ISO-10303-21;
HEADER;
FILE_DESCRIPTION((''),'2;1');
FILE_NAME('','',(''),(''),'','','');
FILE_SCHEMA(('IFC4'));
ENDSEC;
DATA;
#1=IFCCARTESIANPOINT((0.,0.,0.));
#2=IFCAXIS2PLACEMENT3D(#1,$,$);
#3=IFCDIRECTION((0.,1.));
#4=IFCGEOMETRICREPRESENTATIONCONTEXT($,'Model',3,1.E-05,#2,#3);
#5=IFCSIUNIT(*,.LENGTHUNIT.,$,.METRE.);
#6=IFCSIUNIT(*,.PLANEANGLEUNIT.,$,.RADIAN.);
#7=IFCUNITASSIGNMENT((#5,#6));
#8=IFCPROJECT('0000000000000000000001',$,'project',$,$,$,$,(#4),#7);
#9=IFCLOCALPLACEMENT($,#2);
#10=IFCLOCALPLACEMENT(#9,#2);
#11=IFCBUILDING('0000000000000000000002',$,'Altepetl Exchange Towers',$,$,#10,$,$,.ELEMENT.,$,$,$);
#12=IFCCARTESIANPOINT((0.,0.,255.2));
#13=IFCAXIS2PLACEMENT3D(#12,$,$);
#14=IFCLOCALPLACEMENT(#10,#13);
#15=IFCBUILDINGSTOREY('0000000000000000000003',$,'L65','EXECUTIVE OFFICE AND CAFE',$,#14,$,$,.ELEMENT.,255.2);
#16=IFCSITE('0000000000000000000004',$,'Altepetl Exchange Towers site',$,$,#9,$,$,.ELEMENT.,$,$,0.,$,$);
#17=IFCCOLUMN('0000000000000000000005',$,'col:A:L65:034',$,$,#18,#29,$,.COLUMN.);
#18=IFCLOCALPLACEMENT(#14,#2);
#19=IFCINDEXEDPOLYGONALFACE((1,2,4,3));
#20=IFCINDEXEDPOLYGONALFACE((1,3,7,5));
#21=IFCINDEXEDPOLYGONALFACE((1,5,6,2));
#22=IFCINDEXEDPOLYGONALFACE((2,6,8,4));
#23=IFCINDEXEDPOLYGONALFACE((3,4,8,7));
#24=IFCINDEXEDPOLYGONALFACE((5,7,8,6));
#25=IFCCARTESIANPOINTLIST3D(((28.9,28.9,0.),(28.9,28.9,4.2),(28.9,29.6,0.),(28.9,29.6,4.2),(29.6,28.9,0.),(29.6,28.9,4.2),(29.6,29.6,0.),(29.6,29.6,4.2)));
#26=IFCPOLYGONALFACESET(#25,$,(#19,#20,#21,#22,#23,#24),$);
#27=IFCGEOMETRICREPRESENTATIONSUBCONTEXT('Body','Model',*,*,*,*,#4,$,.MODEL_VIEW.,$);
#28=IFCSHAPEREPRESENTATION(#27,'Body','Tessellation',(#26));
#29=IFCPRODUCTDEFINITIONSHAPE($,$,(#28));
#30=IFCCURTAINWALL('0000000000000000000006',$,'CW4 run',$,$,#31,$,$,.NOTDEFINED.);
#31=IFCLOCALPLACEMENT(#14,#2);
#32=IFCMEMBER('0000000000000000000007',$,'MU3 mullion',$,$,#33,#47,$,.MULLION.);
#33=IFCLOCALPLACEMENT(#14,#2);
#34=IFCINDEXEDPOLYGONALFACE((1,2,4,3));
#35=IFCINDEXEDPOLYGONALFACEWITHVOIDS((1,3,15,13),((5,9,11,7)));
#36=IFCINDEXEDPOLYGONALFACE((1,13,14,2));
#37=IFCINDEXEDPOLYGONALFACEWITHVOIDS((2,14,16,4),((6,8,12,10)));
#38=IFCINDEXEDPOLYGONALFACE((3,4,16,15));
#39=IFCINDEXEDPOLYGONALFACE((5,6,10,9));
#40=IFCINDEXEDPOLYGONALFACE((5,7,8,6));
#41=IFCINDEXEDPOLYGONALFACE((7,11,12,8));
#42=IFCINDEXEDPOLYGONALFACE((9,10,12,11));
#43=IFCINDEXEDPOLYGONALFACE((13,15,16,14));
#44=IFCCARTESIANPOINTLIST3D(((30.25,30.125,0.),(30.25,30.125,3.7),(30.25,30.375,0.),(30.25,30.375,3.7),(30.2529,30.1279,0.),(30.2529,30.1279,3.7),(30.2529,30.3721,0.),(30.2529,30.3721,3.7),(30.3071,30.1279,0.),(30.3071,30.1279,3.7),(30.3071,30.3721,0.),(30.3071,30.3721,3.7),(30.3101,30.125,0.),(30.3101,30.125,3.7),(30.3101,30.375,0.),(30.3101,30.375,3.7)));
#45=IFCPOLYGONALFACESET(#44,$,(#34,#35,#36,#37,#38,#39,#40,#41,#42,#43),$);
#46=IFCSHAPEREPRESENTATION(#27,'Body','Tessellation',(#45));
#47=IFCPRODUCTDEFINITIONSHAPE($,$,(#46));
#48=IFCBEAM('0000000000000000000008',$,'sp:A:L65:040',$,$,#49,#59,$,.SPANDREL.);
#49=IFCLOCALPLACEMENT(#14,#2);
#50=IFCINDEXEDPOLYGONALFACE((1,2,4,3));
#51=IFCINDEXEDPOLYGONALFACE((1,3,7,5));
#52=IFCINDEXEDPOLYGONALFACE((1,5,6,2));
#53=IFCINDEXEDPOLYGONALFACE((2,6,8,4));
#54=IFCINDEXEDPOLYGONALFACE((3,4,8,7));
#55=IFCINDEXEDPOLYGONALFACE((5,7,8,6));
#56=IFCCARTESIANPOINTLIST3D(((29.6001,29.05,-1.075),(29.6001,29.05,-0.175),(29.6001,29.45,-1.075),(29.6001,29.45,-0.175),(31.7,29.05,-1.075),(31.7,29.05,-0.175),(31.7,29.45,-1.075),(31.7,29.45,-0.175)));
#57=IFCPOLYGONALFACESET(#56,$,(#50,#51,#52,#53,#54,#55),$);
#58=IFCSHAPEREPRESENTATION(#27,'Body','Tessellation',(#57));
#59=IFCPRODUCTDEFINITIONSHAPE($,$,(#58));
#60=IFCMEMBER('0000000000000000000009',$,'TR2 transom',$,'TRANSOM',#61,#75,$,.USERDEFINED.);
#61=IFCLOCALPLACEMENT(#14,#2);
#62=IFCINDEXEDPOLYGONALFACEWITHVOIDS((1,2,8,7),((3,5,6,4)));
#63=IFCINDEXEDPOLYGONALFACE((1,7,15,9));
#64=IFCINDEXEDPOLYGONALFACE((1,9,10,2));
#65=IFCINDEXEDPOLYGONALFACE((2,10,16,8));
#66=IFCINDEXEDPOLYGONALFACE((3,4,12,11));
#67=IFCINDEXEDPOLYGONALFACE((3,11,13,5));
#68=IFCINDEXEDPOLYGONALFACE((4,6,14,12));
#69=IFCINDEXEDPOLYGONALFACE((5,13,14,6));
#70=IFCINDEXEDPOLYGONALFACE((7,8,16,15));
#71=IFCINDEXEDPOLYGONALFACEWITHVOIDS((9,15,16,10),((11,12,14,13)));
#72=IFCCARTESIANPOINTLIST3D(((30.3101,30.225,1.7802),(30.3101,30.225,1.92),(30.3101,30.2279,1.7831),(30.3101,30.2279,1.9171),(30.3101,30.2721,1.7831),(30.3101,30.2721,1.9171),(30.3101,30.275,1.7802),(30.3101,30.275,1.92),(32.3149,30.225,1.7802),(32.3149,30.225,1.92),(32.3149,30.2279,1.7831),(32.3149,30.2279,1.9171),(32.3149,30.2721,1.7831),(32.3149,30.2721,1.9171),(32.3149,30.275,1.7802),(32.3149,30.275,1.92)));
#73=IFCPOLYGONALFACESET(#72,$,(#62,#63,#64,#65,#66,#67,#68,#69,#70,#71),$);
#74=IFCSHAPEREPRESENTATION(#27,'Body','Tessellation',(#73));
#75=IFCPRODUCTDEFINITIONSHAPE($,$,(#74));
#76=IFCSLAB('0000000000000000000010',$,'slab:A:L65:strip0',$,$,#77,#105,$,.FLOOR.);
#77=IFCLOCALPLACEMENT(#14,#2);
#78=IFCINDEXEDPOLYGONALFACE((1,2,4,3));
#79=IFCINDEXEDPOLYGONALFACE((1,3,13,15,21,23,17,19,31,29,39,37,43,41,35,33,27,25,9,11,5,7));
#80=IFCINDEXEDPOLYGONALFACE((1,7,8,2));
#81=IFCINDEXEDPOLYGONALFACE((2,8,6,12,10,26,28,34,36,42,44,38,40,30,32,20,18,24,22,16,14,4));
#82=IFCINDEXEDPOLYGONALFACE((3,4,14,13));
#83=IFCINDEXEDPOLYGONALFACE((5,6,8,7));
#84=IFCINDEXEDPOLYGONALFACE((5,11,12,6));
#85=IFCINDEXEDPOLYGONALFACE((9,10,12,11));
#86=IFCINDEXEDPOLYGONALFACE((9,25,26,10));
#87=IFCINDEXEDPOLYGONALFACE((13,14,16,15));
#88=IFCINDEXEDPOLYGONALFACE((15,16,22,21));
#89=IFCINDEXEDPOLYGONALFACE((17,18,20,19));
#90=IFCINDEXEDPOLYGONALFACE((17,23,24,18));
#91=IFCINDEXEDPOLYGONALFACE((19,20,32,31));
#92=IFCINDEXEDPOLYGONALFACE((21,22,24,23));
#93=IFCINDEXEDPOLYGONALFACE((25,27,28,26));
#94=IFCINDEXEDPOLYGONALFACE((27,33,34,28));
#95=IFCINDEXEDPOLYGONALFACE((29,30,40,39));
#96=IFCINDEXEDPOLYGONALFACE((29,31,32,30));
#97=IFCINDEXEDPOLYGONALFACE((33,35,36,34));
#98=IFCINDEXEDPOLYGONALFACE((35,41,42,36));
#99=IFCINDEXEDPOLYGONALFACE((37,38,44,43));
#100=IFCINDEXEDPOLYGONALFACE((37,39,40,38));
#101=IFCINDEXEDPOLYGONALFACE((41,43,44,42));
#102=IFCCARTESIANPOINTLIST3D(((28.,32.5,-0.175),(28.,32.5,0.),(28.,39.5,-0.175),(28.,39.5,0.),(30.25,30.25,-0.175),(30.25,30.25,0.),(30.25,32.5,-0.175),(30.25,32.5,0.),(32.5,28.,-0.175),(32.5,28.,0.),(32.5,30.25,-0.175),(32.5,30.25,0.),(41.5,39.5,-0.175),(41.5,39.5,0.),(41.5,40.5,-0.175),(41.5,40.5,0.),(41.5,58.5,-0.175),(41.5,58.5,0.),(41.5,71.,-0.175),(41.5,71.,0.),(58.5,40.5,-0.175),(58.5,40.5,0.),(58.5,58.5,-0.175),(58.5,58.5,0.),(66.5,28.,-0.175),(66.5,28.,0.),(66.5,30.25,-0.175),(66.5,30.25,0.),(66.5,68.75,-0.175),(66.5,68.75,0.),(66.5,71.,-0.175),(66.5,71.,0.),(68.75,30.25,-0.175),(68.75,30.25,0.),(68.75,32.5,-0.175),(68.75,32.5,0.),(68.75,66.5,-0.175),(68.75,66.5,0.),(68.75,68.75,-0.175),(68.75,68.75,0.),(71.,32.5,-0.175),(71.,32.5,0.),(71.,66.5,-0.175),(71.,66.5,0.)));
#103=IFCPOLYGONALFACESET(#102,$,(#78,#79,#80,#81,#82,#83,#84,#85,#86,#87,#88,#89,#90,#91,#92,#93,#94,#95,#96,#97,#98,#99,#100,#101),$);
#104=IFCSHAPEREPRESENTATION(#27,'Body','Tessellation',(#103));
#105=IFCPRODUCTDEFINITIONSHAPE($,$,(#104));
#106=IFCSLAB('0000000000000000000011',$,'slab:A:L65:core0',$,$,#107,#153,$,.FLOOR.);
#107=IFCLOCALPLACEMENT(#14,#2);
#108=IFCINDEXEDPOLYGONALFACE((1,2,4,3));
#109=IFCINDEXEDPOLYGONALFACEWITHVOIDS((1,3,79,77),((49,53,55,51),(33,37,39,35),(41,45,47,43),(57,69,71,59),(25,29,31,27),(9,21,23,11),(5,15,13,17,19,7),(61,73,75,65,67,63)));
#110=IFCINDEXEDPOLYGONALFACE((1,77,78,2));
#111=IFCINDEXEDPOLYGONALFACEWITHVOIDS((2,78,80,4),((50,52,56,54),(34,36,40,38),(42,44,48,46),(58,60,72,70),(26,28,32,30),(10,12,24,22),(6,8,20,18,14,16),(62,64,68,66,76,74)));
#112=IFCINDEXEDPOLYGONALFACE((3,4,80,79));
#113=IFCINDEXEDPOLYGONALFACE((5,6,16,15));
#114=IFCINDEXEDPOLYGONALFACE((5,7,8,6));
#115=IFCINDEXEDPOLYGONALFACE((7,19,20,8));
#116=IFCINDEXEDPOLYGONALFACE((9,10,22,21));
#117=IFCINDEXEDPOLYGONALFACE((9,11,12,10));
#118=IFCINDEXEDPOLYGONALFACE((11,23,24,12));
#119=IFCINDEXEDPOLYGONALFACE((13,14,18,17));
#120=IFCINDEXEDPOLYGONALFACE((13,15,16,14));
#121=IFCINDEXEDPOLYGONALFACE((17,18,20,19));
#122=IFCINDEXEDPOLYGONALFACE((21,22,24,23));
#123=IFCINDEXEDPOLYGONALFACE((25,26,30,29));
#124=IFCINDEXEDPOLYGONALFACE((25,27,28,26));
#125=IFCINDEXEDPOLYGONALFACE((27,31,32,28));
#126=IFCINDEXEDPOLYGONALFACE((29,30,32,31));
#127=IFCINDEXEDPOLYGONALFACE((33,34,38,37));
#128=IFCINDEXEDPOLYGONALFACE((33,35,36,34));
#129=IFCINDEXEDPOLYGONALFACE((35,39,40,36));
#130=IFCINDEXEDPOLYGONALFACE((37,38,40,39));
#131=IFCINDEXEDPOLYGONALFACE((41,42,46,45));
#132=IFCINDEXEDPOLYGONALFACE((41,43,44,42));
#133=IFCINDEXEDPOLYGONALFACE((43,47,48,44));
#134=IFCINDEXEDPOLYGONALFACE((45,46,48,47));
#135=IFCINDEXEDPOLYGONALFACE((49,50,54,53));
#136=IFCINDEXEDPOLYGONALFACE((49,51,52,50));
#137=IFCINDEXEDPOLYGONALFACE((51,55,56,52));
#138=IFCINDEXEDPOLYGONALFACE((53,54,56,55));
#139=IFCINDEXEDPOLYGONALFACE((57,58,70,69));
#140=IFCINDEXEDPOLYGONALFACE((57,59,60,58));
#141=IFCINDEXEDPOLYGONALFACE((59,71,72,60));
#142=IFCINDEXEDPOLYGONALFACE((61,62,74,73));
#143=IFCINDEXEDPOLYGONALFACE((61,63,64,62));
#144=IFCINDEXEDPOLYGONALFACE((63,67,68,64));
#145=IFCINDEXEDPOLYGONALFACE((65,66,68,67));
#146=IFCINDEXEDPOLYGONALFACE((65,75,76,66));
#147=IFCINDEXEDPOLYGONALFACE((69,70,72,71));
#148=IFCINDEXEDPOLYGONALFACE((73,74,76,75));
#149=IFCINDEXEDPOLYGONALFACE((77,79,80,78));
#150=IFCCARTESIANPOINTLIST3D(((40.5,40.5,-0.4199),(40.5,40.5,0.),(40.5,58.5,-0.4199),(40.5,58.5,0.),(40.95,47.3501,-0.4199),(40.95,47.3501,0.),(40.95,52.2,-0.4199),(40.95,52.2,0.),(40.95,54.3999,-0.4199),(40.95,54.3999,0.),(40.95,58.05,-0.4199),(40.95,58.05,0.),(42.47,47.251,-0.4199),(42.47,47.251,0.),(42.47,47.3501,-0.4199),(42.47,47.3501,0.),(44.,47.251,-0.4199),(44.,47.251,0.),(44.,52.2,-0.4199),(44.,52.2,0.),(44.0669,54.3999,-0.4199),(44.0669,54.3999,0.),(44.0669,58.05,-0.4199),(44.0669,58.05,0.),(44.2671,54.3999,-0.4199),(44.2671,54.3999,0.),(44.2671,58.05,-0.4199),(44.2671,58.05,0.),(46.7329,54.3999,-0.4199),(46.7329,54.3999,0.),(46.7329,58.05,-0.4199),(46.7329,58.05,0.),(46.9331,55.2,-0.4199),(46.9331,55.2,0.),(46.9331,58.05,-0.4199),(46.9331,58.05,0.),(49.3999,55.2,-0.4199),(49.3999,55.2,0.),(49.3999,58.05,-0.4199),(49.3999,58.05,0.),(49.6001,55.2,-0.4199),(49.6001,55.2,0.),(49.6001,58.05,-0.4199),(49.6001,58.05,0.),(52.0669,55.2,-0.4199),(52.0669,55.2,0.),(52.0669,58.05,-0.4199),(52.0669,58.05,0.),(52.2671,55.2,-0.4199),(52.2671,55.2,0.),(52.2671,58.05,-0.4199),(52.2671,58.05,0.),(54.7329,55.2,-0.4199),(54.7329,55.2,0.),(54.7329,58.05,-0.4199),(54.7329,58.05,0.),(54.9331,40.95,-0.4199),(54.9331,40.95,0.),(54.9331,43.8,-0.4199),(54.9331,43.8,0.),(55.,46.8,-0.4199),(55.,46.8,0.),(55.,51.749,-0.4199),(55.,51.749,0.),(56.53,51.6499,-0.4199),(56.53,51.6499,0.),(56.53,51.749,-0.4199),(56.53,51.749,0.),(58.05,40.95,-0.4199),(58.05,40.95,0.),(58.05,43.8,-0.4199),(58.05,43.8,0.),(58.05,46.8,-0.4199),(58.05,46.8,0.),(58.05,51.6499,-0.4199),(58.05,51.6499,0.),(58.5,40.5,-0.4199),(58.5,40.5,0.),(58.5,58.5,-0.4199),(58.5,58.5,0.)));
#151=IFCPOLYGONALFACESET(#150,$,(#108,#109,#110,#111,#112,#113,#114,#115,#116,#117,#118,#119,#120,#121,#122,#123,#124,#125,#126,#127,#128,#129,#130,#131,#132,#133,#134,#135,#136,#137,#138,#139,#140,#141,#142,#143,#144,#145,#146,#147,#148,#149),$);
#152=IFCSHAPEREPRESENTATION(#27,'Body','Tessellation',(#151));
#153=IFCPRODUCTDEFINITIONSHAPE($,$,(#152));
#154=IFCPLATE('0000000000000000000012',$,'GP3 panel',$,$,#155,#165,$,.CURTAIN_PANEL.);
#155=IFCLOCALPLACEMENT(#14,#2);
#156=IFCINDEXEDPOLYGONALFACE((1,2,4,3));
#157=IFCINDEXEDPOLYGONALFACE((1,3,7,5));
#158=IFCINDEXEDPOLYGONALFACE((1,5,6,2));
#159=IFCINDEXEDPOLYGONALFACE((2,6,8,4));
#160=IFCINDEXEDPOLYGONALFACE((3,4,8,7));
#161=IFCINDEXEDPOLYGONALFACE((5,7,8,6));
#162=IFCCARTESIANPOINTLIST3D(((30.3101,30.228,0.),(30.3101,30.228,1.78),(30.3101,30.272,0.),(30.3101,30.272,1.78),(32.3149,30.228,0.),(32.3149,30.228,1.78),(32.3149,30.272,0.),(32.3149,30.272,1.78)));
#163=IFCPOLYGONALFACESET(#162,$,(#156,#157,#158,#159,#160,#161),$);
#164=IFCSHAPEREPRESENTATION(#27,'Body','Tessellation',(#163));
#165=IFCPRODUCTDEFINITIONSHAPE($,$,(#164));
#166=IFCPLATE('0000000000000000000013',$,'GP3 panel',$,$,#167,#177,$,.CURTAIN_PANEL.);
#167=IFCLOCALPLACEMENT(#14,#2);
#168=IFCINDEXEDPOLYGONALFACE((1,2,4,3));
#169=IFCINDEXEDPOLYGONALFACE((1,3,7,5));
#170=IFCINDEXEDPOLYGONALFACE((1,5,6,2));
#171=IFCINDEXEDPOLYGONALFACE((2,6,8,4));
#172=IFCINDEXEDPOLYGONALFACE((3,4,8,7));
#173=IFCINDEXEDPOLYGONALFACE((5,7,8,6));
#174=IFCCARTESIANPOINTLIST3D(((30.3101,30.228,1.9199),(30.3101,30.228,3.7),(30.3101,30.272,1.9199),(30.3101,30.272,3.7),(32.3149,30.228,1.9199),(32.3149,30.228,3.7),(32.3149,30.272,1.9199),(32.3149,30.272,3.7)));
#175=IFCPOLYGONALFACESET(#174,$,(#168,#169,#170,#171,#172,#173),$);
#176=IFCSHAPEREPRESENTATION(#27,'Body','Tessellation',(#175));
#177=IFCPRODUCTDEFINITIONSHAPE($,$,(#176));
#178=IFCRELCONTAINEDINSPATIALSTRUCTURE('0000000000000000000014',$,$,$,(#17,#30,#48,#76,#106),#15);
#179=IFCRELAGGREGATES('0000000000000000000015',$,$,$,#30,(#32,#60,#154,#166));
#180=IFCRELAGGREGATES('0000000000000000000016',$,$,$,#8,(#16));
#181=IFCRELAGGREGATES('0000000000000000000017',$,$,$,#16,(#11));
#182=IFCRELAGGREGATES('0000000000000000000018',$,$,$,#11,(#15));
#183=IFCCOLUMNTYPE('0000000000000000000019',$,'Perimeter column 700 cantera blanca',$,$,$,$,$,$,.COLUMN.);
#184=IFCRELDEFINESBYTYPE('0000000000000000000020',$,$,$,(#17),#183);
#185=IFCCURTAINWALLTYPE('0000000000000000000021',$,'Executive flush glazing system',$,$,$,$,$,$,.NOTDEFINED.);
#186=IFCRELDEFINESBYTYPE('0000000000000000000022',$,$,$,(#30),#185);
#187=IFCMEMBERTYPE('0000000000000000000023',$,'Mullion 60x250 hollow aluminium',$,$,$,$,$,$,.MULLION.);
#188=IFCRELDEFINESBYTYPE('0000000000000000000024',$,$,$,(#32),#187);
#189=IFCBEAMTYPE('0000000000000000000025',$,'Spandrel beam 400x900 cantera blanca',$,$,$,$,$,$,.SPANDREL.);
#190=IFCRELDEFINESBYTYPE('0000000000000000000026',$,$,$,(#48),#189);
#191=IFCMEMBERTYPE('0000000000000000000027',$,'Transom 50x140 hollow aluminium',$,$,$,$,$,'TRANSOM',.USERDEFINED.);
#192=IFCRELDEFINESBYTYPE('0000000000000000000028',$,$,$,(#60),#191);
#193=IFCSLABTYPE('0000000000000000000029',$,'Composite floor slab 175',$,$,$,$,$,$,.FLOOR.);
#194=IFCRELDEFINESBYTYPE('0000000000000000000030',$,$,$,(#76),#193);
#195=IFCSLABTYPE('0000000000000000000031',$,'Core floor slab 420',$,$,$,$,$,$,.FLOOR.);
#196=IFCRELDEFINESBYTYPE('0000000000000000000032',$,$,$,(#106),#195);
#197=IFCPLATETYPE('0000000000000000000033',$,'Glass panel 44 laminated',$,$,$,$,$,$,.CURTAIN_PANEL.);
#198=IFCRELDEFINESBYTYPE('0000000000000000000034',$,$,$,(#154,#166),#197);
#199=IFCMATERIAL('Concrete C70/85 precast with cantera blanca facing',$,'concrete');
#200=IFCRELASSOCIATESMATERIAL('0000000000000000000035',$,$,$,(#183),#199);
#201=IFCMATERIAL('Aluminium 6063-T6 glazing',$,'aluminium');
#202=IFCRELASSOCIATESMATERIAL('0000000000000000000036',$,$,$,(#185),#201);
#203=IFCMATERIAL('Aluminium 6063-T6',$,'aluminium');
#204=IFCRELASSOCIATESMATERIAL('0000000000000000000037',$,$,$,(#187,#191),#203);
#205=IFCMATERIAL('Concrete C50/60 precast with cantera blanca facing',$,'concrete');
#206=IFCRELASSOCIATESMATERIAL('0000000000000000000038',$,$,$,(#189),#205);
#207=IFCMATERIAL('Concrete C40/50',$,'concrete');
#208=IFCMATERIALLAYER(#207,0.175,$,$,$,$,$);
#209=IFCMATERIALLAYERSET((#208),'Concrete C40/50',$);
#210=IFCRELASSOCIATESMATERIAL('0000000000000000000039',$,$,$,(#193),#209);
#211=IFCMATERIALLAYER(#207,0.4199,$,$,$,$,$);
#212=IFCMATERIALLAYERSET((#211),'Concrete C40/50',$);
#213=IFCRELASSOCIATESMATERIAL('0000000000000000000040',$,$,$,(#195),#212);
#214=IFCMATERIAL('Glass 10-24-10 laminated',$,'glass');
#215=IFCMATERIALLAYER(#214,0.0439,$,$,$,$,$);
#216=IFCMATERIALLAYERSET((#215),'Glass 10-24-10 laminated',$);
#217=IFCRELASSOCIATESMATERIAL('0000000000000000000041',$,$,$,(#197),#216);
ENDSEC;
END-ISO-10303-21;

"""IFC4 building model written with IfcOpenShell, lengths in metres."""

from ifc_helpers import new_model, si_unit, direction, frame, origin, origin_2d, place, context, subcontext, project, spatial, polyline, rectangle, hollow_rectangle, outline, extrude, material, layer, layer_set, material_profile, profile_set, type_object, element, aggregate, save


model = new_model("IFC4")

# Units and contexts
model_context = context("Model", 3, precision=1e-05, world=origin(), true_north=direction((0.0, 1.0)))
body_context = subcontext(model_context, "Body", "Model", "MODEL_VIEW")
ifc_project = project(units=[si_unit("LENGTHUNIT", "METRE"), si_unit("PLANEANGLEUNIT", "RADIAN")], contexts=[model_context])

# Site, building, storey
site_placement = place(None, origin())
site = spatial("IfcSite", under=ifc_project, at=site_placement, Name="Altepetl Exchange Towers site", CompositionType="ELEMENT", RefElevation=0.0)
building_placement = place(site_placement, origin())
building = spatial("IfcBuilding", under=site, at=building_placement, Name="Altepetl Exchange Towers", CompositionType="ELEMENT")
storey_placement = place(building_placement, frame((0.0, 0.0, 255.2)))
storey = spatial("IfcBuildingStorey", under=building, at=storey_placement, Name="L65", Description="EXECUTIVE OFFICE AND CAFE", CompositionType="ELEMENT", Elevation=255.2)

# Column
ifc_material_1 = material(Name="Concrete C70/85 precast with cantera blanca facing", Category="concrete")
ifc_material_profile_1 = material_profile(ifc_material_1, rectangle(XDim=0.7, YDim=0.7, at=origin_2d()), Name="700 x 700")
ifc_profile_set_1 = profile_set([ifc_material_profile_1], Name="Concrete C70/85 precast with cantera blanca facing")
column_type = type_object("IfcColumnType", Name="Perimeter column 700 cantera blanca", PredefinedType="COLUMN", material=ifc_profile_set_1)
column_placement = place(storey_placement, frame((29.25, 29.25, 0.0)))
element("IfcColumn", 1, at=column_placement, inside=storey, type_object=column_type, Name="col:A:L65:034", PredefinedType="COLUMN", context=body_context, shape_type="SweptSolid", body=[
    extrude(rectangle(XDim=0.7, YDim=0.7, at=origin_2d()), origin(), (0.0, 0.0, 1.0), 4.2),
])

# Curtain wall, member
ifc_material_2 = material(Name="Aluminium 6063-T6 glazing", Category="aluminium")
curtain_wall_type = type_object("IfcCurtainWallType", Name="Executive flush glazing system", PredefinedType="NOTDEFINED", material=ifc_material_2)
curtain_wall_placement = place(storey_placement, origin())
curtain_wall = element("IfcCurtainWall", 2, at=curtain_wall_placement, inside=storey, type_object=curtain_wall_type, Name="CW4 run", PredefinedType="NOTDEFINED")
ifc_material_3 = material(Name="Aluminium 6063-T6", Category="aluminium")
ifc_material_profile_2 = material_profile(ifc_material_3, hollow_rectangle(XDim=0.0601, YDim=0.25, WallThickness=0.0029, at=origin_2d()), Name="Mullion 60x250 hollow aluminium")
ifc_profile_set_2 = profile_set([ifc_material_profile_2], Name="Aluminium 6063-T6")
member_type_1 = type_object("IfcMemberType", Name="Mullion 60x250 hollow aluminium", PredefinedType="MULLION", material=ifc_profile_set_2)
member_1_placement = place(storey_placement, frame((30.28, 30.25, 0.0)))
member_1 = element("IfcMember", 3, at=member_1_placement, type_object=member_type_1, Name="MU3 mullion", PredefinedType="MULLION", context=body_context, shape_type="SweptSolid", body=[
    extrude(hollow_rectangle(XDim=0.0601, YDim=0.25, WallThickness=0.0029, at=origin_2d()), origin(), (0.0, 0.0, 1.0), 3.7),
])

# Beam
ifc_material_4 = material(Name="Concrete C50/60 precast with cantera blanca facing", Category="concrete")
ifc_material_profile_3 = material_profile(ifc_material_4, rectangle(XDim=0.3999, YDim=0.8999, at=origin_2d()), Name="400 x 900")
ifc_profile_set_3 = profile_set([ifc_material_profile_3], Name="Concrete C50/60 precast with cantera blanca facing")
beam_type = type_object("IfcBeamType", Name="Spandrel beam 400x900 cantera blanca", PredefinedType="SPANDREL", material=ifc_profile_set_3)
beam_placement = place(storey_placement, frame((29.6001, 29.25, -0.625), z_axis=(1.0, 0.0, 0.0), x_axis=(0.0, 1.0, 0.0)))
element("IfcBeam", 4, at=beam_placement, inside=storey, type_object=beam_type, Name="sp:A:L65:040", PredefinedType="SPANDREL", context=body_context, shape_type="SweptSolid", body=[
    extrude(rectangle(XDim=0.3999, YDim=0.8999, at=origin_2d()), origin(), (0.0, 0.0, 1.0), 2.0999),
])

# Member
ifc_material_profile_4 = material_profile(ifc_material_3, hollow_rectangle(XDim=0.05, YDim=0.1399, WallThickness=0.0029, at=origin_2d()), Name="Transom 50x140 hollow aluminium")
ifc_profile_set_4 = profile_set([ifc_material_profile_4], Name="Aluminium 6063-T6")
member_type_2 = type_object("IfcMemberType", Name="Transom 50x140 hollow aluminium", ElementType="TRANSOM", PredefinedType="USERDEFINED", material=ifc_profile_set_4)
member_2_placement = place(storey_placement, frame((30.3101, 30.25, 1.8501), z_axis=(1.0, 0.0, 0.0), x_axis=(0.0, 1.0, 0.0)))
member_2 = element("IfcMember", 5, at=member_2_placement, type_object=member_type_2, Name="TR2 transom", ObjectType="TRANSOM", PredefinedType="USERDEFINED", context=body_context, shape_type="SweptSolid", body=[
    extrude(hollow_rectangle(XDim=0.05, YDim=0.1399, WallThickness=0.0029, at=origin_2d()), origin(), (0.0, 0.0, 1.0), 2.0049),
])

# Slabs
ifc_material_5 = material(Name="Concrete C40/50", Category="concrete")
ifc_layer_1 = layer(ifc_material_5, 0.175)
ifc_layer_set_1 = layer_set([ifc_layer_1], Name="Concrete C40/50")
slab_type_1 = type_object("IfcSlabType", Name="Composite floor slab 175", PredefinedType="FLOOR", material=ifc_layer_set_1)
slab_1_placement = place(storey_placement, frame((0.0, 0.0, -0.175)))
element("IfcSlab", 6, at=slab_1_placement, inside=storey, type_object=slab_type_1, Name="slab:A:L65:strip0", PredefinedType="FLOOR", context=body_context, shape_type="SweptSolid", body=[
    extrude(outline(polyline([(41.5, 71.0), (41.5, 58.5), (58.5, 58.5), (58.5, 40.5), (41.5, 40.5), (41.5, 39.5), (28.0, 39.5), (28.0, 32.5), (30.25, 32.5), (30.25, 30.25), (32.5, 30.25), (32.5, 28.0), (66.5, 28.0), (66.5, 30.25), (68.75, 30.25), (68.75, 32.5), (71.0, 32.5), (71.0, 66.5), (68.75, 66.5), (68.75, 68.75), (66.5, 68.75), (66.5, 71.0), (41.5, 71.0)])), origin(), (0.0, 0.0, 1.0), 0.175),
])
ifc_layer_2 = layer(ifc_material_5, 0.4199)
ifc_layer_set_2 = layer_set([ifc_layer_2], Name="Concrete C40/50")
slab_type_2 = type_object("IfcSlabType", Name="Core floor slab 420", PredefinedType="FLOOR", material=ifc_layer_set_2)
slab_2_placement = place(storey_placement, frame((0.0, 0.0, -0.4199)))
element("IfcSlab", 7, at=slab_2_placement, inside=storey, type_object=slab_type_2, Name="slab:A:L65:core0", PredefinedType="FLOOR", context=body_context, shape_type="SweptSolid", body=[
    extrude(outline(polyline([(40.5, 40.5), (58.5, 40.5), (58.5, 58.5), (40.5, 58.5), (40.5, 40.5)]), holes=[polyline([(54.9331, 43.8), (58.05, 43.8), (58.05, 40.95), (54.9331, 40.95), (54.9331, 43.8)]), polyline([(55.0, 51.749), (56.53, 51.749), (56.53, 51.6499), (58.05, 51.6499), (58.05, 46.8), (55.0, 46.8), (55.0, 51.749)]), polyline([(44.0, 47.251), (42.47, 47.251), (42.47, 47.3501), (40.95, 47.3501), (40.95, 52.2), (44.0, 52.2), (44.0, 47.251)]), polyline([(40.95, 58.05), (44.0669, 58.05), (44.0669, 54.3999), (40.95, 54.3999), (40.95, 58.05)]), polyline([(44.2671, 58.05), (46.7329, 58.05), (46.7329, 54.3999), (44.2671, 54.3999), (44.2671, 58.05)]), polyline([(46.9331, 58.05), (49.3999, 58.05), (49.3999, 55.2), (46.9331, 55.2), (46.9331, 58.05)]), polyline([(49.6001, 58.05), (52.0669, 58.05), (52.0669, 55.2), (49.6001, 55.2), (49.6001, 58.05)]), polyline([(52.2671, 58.05), (54.7329, 58.05), (54.7329, 55.2), (52.2671, 55.2), (52.2671, 58.05)])]), origin(), (0.0, 0.0, 1.0), 0.4199),
])

# Plates
ifc_material_6 = material(Name="Glass 10-24-10 laminated", Category="glass")
ifc_layer_3 = layer(ifc_material_6, 0.0439)
ifc_layer_set_3 = layer_set([ifc_layer_3], Name="Glass 10-24-10 laminated")
plate_type = type_object("IfcPlateType", Name="Glass panel 44 laminated", PredefinedType="CURTAIN_PANEL", material=ifc_layer_set_3)
plate_1_placement = place(storey_placement, frame((31.3125, 30.25, 0.0)))
plate_1 = element("IfcPlate", 8, at=plate_1_placement, type_object=plate_type, Name="GP3 panel", PredefinedType="CURTAIN_PANEL", context=body_context, shape_type="SweptSolid", body=[
    extrude(rectangle(XDim=2.0049, YDim=0.0439, at=origin_2d()), origin(), (0.0, 0.0, 1.0), 1.78),
])
plate_2_placement = place(storey_placement, frame((31.3125, 30.25, 1.9199)))
plate_2 = element("IfcPlate", 9, at=plate_2_placement, type_object=plate_type, Name="GP3 panel", PredefinedType="CURTAIN_PANEL", context=body_context, shape_type="SweptSolid", body=[
    extrude(rectangle(XDim=2.0049, YDim=0.0439, at=origin_2d()), origin(), (0.0, 0.0, 1.0), 1.78),
])
aggregate(curtain_wall, [member_1, member_2, plate_1, plate_2])

save(model, "model.ifc")
